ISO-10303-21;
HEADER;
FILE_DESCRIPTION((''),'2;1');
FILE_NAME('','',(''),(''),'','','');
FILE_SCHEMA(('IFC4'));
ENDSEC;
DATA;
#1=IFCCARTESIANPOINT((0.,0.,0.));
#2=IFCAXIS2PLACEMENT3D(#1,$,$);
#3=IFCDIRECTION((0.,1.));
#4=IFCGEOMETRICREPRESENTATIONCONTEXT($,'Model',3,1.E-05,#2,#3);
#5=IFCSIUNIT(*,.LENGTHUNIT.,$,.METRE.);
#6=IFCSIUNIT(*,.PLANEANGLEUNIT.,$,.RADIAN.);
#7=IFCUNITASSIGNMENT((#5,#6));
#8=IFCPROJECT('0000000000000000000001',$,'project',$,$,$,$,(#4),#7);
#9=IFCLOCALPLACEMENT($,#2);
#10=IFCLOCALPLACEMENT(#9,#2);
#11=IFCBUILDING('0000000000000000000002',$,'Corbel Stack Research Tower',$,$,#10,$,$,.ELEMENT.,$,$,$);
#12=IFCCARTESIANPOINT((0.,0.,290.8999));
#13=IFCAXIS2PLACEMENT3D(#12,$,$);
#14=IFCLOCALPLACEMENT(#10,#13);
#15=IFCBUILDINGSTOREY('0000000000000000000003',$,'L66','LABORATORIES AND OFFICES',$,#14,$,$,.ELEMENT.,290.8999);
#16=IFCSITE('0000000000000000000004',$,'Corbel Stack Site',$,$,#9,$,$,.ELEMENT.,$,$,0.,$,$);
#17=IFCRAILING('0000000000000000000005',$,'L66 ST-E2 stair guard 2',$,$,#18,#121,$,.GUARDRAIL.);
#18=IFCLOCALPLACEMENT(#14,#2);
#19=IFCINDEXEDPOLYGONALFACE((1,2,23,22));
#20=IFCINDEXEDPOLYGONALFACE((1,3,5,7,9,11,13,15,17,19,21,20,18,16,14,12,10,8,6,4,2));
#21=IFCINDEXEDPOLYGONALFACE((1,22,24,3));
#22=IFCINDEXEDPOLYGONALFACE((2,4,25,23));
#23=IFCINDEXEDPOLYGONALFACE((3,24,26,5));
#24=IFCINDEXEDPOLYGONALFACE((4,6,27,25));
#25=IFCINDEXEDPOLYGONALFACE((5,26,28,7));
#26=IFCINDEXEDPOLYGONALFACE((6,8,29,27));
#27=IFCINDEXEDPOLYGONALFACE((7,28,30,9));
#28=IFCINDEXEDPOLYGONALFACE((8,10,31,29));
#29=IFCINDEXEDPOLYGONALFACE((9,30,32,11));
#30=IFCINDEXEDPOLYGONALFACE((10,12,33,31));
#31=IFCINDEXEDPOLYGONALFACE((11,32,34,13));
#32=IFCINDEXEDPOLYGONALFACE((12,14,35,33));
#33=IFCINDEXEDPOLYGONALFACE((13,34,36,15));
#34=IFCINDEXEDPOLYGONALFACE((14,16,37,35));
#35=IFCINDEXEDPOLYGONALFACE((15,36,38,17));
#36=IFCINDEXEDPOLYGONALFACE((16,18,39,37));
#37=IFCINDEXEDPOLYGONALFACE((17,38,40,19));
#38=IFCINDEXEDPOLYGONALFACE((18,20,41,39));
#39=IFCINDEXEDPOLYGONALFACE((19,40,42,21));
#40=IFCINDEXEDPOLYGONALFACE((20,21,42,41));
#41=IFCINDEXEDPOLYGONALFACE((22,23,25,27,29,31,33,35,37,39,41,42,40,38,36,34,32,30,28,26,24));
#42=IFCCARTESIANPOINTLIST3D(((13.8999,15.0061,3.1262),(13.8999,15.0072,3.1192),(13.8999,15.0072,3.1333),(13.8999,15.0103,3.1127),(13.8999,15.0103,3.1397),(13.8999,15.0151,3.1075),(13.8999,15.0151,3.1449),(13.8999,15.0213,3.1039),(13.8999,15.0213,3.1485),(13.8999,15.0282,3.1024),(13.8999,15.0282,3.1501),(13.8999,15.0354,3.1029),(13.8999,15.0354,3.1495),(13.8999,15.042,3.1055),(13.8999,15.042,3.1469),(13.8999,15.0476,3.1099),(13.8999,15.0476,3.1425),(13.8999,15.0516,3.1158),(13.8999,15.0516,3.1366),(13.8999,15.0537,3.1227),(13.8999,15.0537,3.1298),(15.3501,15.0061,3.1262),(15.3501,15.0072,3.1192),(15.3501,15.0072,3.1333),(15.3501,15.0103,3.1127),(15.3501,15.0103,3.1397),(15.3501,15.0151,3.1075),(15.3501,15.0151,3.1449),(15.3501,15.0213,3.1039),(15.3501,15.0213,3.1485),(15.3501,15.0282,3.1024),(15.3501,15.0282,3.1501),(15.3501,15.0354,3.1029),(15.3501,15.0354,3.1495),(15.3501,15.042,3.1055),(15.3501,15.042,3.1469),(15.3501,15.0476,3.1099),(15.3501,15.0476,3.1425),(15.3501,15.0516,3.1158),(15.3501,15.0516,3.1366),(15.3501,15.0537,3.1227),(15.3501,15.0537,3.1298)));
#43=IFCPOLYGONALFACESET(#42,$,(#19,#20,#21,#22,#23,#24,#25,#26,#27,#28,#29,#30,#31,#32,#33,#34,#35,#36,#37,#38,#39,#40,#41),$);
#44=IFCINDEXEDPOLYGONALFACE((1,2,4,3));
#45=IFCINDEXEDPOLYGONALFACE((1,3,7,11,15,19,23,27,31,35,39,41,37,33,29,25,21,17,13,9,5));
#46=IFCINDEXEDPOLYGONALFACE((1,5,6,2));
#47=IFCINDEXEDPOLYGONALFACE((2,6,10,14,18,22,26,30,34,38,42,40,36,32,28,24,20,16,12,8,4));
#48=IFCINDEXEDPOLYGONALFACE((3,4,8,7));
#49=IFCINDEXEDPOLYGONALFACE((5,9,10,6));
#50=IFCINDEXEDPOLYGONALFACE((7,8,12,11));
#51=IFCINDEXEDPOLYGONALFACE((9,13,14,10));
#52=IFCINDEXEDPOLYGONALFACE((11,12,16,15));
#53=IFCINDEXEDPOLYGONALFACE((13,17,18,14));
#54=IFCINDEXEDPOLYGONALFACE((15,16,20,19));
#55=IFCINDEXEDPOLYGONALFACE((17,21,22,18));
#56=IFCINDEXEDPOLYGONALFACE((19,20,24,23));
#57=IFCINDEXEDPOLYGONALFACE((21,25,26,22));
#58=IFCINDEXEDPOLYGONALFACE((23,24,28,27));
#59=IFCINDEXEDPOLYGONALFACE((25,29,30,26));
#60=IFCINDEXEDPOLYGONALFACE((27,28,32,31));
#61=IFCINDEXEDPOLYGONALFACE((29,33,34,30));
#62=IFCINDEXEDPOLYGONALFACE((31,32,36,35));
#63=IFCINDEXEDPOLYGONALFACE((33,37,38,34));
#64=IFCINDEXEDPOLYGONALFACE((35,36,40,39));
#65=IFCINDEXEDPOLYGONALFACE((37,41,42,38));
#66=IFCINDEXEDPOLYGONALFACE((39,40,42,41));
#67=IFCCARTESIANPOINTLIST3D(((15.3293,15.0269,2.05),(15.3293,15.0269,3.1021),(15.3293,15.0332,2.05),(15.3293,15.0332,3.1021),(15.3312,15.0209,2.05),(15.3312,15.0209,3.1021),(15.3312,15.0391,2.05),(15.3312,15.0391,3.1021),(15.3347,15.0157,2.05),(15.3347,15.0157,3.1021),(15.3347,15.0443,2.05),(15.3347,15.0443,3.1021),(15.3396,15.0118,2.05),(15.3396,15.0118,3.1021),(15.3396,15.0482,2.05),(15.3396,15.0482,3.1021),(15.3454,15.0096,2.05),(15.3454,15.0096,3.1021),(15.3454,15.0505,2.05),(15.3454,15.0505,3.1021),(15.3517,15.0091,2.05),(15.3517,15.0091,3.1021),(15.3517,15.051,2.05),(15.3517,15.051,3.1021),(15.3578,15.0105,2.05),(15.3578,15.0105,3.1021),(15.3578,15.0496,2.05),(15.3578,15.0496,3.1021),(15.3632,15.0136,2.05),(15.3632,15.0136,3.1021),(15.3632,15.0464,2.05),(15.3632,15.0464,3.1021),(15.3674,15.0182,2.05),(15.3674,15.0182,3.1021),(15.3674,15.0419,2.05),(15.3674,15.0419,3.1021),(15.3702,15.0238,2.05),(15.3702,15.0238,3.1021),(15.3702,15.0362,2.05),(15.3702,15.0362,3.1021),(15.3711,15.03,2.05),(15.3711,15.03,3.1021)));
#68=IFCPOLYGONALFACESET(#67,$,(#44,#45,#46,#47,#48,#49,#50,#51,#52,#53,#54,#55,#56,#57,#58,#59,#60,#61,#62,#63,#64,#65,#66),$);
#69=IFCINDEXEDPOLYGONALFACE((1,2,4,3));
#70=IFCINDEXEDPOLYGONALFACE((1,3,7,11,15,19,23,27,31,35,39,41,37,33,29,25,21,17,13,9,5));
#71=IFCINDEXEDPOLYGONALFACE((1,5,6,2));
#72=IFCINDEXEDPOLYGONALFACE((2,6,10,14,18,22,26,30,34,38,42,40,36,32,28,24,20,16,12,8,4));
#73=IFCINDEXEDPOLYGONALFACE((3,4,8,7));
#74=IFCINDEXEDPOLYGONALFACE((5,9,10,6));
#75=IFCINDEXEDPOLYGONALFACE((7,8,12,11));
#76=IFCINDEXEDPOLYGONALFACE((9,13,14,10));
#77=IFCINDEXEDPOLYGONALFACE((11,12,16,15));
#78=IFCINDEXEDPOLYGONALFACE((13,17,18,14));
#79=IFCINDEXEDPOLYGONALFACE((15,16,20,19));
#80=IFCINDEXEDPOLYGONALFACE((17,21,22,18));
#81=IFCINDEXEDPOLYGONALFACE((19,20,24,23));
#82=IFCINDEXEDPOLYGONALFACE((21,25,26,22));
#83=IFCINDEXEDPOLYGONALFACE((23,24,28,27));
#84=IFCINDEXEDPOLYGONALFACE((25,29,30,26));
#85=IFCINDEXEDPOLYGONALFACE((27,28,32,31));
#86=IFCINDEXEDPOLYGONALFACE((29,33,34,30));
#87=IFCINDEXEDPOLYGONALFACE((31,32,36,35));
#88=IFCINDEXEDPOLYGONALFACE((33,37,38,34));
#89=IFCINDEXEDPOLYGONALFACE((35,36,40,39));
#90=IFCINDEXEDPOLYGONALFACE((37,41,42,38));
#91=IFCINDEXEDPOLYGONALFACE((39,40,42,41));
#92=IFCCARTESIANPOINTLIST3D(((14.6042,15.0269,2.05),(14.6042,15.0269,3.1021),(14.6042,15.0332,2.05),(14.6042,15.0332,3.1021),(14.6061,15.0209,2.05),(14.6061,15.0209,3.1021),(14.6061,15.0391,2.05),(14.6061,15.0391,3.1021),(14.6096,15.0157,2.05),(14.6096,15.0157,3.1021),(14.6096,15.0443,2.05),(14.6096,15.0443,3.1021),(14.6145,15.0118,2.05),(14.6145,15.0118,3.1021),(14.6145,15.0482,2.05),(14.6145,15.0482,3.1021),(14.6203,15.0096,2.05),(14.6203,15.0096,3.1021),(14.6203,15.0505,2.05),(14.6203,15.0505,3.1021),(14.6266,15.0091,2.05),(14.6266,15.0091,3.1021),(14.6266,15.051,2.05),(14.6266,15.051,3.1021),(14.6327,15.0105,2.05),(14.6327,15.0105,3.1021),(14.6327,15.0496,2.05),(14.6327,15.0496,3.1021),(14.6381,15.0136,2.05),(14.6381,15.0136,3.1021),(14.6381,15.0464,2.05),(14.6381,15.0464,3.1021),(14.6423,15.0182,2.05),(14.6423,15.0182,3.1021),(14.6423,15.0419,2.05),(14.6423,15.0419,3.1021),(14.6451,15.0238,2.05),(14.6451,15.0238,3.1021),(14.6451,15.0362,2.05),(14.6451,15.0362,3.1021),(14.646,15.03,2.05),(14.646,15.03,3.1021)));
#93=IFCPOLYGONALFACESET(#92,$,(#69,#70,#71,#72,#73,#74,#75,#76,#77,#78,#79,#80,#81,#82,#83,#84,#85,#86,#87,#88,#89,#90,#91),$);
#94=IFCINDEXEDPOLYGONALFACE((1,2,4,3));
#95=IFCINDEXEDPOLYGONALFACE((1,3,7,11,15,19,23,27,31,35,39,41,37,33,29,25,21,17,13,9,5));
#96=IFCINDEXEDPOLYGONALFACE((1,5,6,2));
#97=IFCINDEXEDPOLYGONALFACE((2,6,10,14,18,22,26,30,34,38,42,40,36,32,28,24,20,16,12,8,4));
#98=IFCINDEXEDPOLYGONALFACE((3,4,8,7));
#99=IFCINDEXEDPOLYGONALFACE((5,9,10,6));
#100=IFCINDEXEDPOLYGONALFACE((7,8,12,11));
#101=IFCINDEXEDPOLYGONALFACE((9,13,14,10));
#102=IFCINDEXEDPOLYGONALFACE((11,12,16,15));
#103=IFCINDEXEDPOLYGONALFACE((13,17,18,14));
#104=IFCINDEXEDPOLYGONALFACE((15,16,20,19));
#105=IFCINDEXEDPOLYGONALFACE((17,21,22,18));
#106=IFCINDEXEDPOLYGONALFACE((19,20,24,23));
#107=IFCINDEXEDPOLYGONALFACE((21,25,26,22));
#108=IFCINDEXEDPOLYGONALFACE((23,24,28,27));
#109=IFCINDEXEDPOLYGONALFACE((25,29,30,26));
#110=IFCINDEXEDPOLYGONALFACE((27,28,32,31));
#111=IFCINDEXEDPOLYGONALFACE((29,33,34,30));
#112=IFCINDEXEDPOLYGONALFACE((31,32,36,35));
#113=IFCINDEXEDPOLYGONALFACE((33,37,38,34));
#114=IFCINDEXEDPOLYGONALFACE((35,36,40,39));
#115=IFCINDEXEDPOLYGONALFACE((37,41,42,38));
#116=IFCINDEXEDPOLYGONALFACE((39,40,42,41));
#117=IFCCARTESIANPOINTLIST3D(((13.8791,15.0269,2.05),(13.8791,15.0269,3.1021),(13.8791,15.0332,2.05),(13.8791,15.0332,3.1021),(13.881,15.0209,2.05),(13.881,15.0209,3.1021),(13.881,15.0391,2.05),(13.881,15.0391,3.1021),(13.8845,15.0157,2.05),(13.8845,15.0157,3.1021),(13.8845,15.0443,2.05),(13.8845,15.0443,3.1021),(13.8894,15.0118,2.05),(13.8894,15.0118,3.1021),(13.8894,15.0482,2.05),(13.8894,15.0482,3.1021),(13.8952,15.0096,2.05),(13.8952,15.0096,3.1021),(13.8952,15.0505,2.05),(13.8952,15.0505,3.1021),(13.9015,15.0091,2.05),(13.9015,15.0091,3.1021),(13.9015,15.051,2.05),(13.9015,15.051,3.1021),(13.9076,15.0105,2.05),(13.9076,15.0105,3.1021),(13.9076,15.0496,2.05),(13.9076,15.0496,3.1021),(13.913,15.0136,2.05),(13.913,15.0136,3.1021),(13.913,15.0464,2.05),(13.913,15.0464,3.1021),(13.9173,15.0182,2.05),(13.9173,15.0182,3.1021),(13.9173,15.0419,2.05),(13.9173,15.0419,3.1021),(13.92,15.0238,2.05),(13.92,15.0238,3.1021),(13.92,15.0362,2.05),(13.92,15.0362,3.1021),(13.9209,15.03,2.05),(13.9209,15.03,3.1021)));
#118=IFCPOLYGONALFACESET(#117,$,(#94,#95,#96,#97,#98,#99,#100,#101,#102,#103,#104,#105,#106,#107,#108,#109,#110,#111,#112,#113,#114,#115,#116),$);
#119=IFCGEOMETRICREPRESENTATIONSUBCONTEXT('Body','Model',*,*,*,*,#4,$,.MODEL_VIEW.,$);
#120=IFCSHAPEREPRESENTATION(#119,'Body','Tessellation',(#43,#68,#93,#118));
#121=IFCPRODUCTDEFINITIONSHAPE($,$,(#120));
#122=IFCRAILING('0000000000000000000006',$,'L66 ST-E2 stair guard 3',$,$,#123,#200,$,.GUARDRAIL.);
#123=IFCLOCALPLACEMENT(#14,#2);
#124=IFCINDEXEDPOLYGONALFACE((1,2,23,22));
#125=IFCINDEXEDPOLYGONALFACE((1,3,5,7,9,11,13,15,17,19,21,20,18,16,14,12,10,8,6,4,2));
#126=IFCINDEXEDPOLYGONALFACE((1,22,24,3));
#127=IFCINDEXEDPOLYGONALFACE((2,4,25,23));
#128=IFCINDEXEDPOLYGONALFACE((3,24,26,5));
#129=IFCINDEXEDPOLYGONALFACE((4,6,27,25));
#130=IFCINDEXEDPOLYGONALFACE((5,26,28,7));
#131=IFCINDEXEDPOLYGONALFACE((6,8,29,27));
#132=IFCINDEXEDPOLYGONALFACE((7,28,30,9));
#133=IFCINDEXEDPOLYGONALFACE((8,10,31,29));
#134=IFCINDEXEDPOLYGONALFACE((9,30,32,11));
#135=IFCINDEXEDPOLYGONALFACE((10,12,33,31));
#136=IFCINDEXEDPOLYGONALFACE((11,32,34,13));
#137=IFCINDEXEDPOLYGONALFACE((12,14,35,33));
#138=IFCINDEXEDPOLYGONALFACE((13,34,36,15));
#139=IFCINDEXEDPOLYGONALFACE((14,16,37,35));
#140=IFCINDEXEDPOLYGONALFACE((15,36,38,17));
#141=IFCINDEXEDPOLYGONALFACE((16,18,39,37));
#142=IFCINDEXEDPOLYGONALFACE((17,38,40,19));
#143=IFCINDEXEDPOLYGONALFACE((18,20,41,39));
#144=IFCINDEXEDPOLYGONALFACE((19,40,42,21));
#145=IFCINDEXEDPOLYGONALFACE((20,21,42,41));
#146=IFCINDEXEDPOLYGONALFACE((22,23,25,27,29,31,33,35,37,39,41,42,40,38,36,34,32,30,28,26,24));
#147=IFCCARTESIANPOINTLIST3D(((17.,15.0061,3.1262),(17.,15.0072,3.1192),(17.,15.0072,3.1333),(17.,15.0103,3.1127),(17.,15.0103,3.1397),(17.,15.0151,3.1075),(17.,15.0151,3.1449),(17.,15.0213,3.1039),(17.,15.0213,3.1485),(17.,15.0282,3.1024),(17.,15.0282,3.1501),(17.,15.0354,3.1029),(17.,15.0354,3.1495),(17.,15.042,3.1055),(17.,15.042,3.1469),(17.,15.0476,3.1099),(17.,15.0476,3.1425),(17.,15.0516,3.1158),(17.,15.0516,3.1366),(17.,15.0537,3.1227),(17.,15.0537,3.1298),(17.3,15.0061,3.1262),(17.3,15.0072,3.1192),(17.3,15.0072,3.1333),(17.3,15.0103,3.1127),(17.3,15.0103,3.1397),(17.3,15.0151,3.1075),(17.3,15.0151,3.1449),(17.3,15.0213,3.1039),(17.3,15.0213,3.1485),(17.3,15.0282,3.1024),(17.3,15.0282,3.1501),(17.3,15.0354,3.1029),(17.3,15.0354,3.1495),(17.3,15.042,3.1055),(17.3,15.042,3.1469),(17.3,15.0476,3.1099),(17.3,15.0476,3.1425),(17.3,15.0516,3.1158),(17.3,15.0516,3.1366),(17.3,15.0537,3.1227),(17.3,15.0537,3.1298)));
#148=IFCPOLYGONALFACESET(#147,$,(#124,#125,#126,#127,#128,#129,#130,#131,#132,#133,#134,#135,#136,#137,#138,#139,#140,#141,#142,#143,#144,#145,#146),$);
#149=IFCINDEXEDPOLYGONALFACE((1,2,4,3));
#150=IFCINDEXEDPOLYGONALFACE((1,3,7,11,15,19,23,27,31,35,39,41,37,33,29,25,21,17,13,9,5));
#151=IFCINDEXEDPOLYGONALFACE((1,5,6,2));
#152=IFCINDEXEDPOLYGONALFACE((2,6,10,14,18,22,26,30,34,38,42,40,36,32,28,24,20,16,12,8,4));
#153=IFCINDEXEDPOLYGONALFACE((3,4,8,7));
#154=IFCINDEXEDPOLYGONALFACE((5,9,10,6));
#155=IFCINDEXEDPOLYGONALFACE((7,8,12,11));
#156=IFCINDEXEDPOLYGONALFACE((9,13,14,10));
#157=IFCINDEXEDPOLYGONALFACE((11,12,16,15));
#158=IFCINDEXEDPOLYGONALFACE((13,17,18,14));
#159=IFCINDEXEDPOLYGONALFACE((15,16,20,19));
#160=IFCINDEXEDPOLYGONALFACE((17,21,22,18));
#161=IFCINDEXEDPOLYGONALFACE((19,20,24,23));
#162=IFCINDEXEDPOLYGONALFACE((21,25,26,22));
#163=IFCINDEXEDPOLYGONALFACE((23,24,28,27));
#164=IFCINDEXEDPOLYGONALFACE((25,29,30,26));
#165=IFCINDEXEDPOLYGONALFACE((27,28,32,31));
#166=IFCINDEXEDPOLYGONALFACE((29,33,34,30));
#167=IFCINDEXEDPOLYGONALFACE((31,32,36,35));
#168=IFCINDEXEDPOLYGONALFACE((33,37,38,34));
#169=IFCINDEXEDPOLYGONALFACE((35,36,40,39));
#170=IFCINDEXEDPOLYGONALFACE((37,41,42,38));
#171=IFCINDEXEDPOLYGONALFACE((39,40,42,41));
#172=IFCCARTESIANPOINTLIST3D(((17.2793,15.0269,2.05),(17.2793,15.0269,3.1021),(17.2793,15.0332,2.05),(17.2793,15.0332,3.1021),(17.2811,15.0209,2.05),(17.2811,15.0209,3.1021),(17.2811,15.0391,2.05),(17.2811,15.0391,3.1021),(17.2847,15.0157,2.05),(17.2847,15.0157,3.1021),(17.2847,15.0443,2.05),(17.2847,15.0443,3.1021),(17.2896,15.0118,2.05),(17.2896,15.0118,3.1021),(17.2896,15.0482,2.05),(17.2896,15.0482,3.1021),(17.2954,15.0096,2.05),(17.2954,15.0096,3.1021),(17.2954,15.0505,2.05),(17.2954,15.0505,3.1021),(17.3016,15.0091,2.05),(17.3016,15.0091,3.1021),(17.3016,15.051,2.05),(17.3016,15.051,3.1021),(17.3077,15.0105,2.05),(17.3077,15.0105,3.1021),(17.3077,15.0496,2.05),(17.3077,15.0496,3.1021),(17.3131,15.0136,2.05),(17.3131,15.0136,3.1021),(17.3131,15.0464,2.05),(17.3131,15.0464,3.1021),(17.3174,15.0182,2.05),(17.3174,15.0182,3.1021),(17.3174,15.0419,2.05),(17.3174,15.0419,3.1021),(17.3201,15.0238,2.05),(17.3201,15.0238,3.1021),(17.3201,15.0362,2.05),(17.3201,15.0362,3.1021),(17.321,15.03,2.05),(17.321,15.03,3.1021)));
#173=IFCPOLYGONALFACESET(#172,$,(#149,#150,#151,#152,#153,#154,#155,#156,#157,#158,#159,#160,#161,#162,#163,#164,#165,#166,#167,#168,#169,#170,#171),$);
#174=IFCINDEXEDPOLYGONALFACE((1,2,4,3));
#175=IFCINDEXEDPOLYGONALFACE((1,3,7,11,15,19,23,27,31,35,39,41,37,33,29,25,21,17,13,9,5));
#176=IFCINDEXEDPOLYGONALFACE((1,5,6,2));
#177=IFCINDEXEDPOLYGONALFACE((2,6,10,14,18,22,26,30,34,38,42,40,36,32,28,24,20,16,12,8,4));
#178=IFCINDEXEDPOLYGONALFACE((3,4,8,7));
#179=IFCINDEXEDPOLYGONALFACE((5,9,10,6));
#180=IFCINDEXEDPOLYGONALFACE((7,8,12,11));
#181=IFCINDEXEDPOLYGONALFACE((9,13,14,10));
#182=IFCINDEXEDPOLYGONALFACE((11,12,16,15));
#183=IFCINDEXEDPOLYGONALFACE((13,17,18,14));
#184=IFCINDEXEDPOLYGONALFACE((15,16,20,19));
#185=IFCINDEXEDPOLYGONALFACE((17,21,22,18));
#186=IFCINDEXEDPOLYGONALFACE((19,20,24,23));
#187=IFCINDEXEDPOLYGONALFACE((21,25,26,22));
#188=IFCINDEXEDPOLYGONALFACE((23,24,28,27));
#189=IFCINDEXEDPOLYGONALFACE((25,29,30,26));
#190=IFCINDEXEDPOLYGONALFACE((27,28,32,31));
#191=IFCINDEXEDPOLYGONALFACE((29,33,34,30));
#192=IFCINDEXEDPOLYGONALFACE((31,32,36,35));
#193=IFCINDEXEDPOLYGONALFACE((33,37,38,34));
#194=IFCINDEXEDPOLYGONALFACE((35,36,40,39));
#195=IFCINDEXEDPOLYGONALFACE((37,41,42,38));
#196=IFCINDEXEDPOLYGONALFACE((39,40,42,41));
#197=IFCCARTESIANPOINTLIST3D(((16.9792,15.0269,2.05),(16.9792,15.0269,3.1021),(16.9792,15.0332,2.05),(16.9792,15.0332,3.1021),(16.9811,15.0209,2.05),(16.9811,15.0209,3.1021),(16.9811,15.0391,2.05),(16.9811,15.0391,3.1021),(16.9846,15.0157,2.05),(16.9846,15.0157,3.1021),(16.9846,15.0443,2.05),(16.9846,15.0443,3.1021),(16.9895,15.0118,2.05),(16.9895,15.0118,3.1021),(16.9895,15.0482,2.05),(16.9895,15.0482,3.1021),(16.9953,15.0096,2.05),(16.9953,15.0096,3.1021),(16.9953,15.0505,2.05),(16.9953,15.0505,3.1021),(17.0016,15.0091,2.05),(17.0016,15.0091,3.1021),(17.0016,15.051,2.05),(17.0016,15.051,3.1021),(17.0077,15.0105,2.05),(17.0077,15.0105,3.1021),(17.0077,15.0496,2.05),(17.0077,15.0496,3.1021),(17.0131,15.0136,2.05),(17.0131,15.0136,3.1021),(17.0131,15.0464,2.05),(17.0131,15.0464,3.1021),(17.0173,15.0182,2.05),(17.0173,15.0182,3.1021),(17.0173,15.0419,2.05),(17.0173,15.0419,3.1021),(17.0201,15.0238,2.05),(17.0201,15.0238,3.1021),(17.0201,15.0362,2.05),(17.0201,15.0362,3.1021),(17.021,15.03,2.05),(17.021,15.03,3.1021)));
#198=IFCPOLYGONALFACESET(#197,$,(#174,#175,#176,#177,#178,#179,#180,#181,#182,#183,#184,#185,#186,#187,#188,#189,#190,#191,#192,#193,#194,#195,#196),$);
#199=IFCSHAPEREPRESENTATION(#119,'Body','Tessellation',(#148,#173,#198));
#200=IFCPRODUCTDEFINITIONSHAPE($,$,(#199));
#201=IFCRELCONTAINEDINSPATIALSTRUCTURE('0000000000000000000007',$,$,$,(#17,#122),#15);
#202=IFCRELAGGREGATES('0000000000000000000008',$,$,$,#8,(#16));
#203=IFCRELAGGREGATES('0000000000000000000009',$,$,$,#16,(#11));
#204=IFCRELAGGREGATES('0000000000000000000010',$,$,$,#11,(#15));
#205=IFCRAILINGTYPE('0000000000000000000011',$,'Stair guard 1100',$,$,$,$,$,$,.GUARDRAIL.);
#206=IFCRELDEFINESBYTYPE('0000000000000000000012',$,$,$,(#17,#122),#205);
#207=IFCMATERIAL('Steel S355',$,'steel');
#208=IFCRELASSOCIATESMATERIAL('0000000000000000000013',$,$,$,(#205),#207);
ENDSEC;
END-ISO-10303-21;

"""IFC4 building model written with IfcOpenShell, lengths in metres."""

from ifc_helpers import new_model, si_unit, direction, frame, origin, origin_2d, place, context, subcontext, project, spatial, circle, extrude, material, type_object, element, save


model = new_model("IFC4")

# Units and contexts
model_context = context("Model", 3, precision=1e-05, world=origin(), true_north=direction((0.0, 1.0)))
body_context = subcontext(model_context, "Body", "Model", "MODEL_VIEW")
ifc_project = project(units=[si_unit("LENGTHUNIT", "METRE"), si_unit("PLANEANGLEUNIT", "RADIAN")], contexts=[model_context])

# Site, building, storey
site_placement = place(None, origin())
site = spatial("IfcSite", under=ifc_project, at=site_placement, Name="Corbel Stack Site", CompositionType="ELEMENT", RefElevation=0.0)
building_placement = place(site_placement, origin())
building = spatial("IfcBuilding", under=site, at=building_placement, Name="Corbel Stack Research Tower", CompositionType="ELEMENT")
storey_placement = place(building_placement, frame((0.0, 0.0, 290.8999)))
storey = spatial("IfcBuildingStorey", under=building, at=storey_placement, Name="L66", Description="LABORATORIES AND OFFICES", CompositionType="ELEMENT", Elevation=290.8999)

# Railings
ifc_material_1 = material(Name="Steel S355", Category="steel")
railing_type_1 = type_object("IfcRailingType", Name="Stair guard 1100", PredefinedType="GUARDRAIL", material=ifc_material_1)
railing_1_placement = place(storey_placement, frame((15.3501, 15.03, 2.05)))
element("IfcRailing", 1, at=railing_1_placement, inside=storey, type_object=railing_type_1, Name="L66 ST-E2 stair guard 2", PredefinedType="GUARDRAIL", context=body_context, shape_type="SweptSolid", body=[
    extrude(circle(Radius=0.0239, at=origin_2d()), frame((0.0, 0.0, 1.0762), z_axis=(-1.0, 0.0, 0.0), x_axis=(0.0, -1.0, 0.0)), (0.0, 0.0, 1.0), 1.4502),
    extrude(circle(Radius=0.021, at=origin_2d()), origin(), (0.0, 0.0, 1.0), 1.052),
    extrude(circle(Radius=0.021, at=origin_2d()), frame((-0.7251, 0.0, 0.0)), (0.0, 0.0, 1.0), 1.052),
    extrude(circle(Radius=0.021, at=origin_2d()), frame((-1.4502, 0.0, 0.0)), (0.0, 0.0, 1.0), 1.052),
])
railing_2_placement = place(storey_placement, frame((17.3, 15.03, 2.05)))
element("IfcRailing", 2, at=railing_2_placement, inside=storey, type_object=railing_type_1, Name="L66 ST-E2 stair guard 3", PredefinedType="GUARDRAIL", context=body_context, shape_type="SweptSolid", body=[
    extrude(circle(Radius=0.0239, at=origin_2d()), frame((0.0, 0.0, 1.0762), z_axis=(-1.0, 0.0, 0.0), x_axis=(0.0, -1.0, 0.0)), (0.0, 0.0, 1.0), 0.3),
    extrude(circle(Radius=0.021, at=origin_2d()), origin(), (0.0, 0.0, 1.0), 1.052),
    extrude(circle(Radius=0.021, at=origin_2d()), frame((-0.3, 0.0, 0.0)), (0.0, 0.0, 1.0), 1.052),
])

save(model, "model.ifc")
